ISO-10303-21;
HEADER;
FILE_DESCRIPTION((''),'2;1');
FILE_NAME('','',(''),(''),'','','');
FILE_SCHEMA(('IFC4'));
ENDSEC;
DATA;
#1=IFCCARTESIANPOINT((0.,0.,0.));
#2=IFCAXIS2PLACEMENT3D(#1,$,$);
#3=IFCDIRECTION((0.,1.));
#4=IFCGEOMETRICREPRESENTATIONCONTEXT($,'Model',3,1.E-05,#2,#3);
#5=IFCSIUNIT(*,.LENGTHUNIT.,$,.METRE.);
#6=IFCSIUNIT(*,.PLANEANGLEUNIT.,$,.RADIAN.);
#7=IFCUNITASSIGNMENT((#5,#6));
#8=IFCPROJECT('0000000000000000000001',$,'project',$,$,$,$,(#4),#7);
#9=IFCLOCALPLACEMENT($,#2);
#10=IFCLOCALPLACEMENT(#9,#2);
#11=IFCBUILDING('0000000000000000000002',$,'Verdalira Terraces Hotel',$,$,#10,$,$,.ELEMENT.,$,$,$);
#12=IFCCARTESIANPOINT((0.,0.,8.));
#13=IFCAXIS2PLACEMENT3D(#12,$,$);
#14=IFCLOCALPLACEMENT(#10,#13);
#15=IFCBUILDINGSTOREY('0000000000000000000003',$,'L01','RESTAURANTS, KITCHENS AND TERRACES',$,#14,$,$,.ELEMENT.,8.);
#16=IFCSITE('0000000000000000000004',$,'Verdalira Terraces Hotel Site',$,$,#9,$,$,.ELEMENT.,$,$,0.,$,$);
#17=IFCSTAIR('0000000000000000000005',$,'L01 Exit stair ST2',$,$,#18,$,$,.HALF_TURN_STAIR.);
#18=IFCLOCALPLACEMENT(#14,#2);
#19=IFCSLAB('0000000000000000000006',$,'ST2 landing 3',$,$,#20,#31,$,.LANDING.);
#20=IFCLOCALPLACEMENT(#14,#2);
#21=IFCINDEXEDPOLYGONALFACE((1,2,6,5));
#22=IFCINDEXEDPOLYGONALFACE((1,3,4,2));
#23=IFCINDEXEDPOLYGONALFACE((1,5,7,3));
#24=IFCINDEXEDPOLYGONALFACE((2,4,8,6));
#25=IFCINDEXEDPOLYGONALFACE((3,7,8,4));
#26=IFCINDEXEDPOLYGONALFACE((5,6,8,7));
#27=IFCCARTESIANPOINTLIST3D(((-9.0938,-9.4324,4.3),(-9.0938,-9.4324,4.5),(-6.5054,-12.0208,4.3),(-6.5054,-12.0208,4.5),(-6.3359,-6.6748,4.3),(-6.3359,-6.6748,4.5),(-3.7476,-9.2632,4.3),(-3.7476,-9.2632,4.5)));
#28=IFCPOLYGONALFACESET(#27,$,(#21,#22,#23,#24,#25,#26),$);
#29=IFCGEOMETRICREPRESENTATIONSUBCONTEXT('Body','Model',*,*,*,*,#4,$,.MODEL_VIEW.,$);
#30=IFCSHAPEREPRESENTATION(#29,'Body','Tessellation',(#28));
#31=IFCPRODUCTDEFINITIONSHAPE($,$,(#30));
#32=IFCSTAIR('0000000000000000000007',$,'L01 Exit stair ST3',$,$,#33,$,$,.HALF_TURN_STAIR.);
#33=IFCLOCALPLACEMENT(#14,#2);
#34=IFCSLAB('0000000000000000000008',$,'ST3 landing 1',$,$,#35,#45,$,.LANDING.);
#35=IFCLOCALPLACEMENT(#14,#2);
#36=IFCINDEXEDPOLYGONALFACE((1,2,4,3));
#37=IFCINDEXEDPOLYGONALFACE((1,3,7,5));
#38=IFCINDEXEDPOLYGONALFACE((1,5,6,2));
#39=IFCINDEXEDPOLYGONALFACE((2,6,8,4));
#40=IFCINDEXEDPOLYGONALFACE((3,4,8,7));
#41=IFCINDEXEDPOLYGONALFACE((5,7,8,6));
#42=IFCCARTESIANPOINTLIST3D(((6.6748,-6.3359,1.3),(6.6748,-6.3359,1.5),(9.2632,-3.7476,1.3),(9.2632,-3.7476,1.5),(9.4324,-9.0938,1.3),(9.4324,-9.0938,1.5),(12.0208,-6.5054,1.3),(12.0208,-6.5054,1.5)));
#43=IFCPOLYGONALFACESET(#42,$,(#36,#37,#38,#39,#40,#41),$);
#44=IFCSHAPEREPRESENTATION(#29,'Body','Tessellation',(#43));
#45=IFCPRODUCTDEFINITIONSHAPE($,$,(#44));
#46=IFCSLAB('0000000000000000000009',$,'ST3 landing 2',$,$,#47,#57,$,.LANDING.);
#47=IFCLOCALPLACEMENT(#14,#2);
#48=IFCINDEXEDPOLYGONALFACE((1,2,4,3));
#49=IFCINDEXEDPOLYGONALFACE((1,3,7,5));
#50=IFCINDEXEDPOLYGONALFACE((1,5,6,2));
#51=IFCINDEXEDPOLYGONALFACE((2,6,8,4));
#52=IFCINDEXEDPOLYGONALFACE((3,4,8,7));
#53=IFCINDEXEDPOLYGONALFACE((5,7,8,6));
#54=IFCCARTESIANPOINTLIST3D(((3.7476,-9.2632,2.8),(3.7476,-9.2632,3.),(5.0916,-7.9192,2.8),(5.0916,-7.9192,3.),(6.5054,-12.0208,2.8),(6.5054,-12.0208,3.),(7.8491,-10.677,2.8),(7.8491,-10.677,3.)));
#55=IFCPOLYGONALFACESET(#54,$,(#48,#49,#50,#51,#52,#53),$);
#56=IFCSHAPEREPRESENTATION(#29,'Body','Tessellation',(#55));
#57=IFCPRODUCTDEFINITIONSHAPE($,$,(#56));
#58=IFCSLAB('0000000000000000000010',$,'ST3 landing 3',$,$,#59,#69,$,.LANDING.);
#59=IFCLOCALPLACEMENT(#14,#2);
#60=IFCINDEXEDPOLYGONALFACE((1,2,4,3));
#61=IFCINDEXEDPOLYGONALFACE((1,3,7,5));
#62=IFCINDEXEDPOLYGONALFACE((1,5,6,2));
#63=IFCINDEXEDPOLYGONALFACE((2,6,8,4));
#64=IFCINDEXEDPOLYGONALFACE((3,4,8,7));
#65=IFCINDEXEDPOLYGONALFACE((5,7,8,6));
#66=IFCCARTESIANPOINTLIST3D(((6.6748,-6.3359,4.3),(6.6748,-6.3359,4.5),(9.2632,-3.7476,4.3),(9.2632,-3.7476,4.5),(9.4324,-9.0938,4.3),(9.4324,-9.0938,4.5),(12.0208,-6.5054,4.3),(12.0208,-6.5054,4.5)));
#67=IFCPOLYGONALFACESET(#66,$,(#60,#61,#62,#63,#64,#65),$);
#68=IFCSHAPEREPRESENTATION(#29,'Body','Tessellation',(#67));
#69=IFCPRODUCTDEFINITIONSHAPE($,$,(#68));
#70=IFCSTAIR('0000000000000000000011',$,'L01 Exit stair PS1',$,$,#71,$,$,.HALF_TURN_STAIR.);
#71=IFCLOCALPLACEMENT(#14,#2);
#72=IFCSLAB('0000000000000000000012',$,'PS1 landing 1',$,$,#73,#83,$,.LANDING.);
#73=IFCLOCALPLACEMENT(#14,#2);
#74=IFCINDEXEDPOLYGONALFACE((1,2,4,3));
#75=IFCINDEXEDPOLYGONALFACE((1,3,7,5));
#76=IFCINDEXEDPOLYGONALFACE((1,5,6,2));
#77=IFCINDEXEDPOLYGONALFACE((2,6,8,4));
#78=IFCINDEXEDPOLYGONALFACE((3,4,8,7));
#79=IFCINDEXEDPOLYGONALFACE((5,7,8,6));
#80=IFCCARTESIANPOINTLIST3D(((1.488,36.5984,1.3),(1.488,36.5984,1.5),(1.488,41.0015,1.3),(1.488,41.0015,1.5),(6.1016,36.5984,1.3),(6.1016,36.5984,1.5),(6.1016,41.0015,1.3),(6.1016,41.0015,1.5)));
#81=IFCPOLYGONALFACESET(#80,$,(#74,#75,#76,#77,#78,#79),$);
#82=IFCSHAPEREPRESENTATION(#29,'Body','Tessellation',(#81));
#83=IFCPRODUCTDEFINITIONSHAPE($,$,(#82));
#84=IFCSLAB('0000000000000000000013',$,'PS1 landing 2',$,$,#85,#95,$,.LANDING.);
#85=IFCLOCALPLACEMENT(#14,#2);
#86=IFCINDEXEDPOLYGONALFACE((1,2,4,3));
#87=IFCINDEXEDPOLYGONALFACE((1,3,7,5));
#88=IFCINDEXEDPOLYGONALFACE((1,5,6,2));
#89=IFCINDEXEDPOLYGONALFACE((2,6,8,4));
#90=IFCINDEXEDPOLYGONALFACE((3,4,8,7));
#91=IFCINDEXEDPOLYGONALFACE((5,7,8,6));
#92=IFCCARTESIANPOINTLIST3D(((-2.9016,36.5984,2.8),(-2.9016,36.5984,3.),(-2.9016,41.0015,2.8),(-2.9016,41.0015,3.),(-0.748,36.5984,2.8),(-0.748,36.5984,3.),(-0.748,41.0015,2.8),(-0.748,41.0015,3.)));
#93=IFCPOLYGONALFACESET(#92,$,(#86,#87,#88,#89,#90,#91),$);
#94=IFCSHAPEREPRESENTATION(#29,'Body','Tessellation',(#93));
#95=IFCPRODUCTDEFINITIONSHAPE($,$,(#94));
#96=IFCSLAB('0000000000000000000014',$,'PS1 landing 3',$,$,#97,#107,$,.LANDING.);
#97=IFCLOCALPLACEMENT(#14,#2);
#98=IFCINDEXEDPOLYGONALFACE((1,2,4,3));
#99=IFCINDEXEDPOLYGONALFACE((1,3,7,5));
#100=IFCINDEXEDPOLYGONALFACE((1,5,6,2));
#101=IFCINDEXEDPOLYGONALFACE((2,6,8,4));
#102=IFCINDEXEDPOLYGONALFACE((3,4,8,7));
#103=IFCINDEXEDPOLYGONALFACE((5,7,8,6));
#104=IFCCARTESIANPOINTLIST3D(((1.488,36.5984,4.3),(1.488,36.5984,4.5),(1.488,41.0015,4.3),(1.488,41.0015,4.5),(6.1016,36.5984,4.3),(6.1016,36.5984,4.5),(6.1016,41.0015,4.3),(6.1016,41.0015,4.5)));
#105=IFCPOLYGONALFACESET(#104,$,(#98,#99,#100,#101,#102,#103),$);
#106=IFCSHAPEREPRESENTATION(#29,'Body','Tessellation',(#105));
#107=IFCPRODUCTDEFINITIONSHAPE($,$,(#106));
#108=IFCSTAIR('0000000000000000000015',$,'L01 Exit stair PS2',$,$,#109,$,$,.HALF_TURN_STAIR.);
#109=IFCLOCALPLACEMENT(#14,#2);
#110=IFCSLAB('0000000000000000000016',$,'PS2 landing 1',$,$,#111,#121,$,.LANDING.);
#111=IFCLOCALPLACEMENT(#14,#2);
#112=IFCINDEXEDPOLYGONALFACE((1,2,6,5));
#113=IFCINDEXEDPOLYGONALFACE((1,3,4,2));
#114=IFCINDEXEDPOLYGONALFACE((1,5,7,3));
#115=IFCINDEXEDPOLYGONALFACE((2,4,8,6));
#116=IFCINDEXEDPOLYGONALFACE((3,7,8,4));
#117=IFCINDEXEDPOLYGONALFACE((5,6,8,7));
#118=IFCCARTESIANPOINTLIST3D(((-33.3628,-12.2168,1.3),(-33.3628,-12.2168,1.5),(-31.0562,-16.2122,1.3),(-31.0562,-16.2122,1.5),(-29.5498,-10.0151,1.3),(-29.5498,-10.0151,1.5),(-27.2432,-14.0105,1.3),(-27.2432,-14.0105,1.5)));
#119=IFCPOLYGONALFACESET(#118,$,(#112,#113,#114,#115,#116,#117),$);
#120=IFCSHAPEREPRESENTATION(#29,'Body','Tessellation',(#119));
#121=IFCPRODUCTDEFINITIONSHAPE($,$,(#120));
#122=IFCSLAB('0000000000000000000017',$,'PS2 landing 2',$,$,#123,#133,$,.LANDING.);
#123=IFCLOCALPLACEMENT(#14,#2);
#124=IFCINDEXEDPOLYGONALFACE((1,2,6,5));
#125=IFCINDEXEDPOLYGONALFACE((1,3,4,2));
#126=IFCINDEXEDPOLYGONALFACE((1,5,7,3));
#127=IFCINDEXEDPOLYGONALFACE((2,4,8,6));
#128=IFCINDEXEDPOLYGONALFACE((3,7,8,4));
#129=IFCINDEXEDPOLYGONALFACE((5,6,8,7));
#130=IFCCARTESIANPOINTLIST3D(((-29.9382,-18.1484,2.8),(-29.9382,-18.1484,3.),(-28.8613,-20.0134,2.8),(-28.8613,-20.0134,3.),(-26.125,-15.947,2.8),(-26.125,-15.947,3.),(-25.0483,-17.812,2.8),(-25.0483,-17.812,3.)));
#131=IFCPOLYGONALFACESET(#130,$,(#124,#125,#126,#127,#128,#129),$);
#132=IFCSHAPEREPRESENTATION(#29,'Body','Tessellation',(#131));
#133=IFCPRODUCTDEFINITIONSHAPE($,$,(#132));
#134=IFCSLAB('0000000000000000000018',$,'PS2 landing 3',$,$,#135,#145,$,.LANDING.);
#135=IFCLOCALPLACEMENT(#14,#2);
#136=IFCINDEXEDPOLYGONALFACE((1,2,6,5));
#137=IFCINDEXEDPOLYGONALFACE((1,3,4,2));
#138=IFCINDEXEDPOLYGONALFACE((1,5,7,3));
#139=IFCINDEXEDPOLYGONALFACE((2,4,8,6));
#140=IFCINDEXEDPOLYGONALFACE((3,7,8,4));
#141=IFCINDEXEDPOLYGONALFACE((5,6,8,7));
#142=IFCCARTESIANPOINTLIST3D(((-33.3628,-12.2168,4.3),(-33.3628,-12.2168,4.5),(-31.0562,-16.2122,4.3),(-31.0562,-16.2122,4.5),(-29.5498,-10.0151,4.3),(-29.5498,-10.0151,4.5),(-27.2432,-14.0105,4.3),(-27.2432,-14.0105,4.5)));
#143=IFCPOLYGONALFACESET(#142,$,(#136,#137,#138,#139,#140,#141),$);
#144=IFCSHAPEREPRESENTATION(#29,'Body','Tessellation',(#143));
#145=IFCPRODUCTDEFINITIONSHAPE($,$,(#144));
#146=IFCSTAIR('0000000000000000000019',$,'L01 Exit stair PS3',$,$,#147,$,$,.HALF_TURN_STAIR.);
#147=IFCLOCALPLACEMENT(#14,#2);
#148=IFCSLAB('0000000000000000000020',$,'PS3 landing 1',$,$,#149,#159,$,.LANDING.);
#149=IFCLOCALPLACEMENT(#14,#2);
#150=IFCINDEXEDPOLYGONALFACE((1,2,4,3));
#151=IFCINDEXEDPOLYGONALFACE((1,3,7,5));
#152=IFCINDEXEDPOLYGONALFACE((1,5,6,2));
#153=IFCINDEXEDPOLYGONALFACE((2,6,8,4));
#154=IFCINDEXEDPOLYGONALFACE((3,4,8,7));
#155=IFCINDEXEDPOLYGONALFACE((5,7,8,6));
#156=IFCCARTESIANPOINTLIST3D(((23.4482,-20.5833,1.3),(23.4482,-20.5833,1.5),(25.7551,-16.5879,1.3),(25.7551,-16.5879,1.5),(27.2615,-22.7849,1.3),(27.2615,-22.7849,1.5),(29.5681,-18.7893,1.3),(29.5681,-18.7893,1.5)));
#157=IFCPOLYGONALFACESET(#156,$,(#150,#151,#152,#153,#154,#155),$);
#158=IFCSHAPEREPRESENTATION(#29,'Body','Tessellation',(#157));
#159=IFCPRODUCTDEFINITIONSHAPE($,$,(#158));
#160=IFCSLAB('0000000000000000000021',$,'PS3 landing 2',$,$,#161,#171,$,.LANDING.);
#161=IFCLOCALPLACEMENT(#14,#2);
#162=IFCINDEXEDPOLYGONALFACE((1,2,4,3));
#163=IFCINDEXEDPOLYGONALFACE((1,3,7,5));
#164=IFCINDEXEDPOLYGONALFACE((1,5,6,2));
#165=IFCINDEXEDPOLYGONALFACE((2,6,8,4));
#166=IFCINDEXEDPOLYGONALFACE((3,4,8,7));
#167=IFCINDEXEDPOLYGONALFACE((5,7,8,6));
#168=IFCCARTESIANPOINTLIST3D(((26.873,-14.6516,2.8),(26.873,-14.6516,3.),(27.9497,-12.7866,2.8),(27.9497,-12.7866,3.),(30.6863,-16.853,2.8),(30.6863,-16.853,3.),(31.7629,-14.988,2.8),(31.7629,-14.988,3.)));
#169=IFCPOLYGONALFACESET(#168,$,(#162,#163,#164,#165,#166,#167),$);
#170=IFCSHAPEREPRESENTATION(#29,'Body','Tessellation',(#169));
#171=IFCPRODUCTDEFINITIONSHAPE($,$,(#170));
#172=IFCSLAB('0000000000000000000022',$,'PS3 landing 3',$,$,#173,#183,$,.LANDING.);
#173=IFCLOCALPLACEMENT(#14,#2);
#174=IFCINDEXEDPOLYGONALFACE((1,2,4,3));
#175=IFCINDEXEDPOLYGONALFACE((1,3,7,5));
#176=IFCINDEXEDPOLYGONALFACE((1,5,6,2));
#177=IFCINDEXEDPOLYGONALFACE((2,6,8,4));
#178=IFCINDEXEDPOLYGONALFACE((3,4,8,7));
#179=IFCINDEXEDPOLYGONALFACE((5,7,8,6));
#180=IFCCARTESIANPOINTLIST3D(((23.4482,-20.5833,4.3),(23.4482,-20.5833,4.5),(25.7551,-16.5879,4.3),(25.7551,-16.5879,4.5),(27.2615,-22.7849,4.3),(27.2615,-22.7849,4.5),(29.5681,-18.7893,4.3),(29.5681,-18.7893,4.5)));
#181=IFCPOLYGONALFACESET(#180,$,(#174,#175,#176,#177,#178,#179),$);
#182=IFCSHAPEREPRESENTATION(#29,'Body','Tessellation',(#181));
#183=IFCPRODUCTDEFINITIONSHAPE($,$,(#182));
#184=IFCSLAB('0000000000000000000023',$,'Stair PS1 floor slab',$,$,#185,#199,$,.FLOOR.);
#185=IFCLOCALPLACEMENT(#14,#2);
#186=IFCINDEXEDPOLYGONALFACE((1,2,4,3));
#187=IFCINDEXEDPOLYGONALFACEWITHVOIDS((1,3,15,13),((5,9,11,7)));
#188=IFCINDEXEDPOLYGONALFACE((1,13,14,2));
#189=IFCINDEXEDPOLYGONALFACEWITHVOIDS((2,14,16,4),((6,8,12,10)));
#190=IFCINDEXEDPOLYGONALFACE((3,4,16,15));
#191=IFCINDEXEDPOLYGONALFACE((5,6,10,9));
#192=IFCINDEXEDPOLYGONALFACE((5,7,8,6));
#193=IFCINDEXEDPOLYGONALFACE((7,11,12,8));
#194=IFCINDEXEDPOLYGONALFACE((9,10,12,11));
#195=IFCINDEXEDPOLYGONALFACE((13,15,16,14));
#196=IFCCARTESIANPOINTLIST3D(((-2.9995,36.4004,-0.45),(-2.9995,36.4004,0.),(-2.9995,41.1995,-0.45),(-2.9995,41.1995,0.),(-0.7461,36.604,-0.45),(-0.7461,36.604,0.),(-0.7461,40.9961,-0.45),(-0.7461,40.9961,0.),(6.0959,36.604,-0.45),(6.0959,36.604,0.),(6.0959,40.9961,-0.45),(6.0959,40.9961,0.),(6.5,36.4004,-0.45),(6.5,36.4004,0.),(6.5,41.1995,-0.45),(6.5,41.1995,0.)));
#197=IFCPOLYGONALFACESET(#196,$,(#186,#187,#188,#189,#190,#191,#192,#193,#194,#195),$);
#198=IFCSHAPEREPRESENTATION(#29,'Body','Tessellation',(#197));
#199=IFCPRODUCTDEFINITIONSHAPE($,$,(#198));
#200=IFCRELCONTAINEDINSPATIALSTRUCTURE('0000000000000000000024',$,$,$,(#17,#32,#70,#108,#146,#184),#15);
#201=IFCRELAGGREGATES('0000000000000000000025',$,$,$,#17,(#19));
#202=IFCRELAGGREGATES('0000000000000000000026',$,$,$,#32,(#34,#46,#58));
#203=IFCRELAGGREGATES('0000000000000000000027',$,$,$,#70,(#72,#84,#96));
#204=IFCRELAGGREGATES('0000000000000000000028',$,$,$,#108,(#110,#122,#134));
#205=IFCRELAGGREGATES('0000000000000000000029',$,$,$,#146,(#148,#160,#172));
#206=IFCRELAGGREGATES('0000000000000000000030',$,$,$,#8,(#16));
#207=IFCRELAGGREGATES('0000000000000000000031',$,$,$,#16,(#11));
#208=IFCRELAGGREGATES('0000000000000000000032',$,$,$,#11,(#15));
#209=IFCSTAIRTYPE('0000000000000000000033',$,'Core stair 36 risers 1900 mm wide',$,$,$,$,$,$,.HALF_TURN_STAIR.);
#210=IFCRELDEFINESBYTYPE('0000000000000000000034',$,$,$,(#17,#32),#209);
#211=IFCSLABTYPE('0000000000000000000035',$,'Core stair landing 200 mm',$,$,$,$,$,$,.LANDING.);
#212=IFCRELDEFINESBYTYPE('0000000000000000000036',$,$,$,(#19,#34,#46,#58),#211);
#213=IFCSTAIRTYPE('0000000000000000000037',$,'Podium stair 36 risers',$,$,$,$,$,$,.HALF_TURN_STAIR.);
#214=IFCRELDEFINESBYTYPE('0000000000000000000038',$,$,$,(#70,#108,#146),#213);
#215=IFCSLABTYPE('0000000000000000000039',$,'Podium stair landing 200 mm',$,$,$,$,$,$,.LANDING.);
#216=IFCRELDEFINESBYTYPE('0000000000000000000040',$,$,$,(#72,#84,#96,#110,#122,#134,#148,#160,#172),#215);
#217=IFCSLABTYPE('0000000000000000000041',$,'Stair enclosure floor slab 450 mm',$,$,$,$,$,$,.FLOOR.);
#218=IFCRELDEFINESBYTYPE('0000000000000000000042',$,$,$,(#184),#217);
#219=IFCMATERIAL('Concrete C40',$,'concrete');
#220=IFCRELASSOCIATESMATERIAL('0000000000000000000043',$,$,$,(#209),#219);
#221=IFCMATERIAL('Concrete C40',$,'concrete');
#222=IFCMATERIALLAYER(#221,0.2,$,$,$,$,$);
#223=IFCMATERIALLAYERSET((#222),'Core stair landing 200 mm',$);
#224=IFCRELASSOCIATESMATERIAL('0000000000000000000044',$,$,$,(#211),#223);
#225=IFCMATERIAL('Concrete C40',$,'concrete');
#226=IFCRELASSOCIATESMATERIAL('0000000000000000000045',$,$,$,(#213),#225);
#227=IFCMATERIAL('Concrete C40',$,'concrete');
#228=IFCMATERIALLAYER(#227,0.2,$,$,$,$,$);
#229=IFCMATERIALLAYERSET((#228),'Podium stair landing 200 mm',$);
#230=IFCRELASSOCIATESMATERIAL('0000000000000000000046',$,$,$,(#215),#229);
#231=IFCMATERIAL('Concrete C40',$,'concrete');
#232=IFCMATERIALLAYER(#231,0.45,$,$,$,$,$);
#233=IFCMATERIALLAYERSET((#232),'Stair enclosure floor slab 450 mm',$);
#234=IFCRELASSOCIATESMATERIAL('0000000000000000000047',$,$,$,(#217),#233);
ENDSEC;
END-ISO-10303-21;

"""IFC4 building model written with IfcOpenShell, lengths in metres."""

from ifc_helpers import new_model, si_unit, direction, frame, origin, place, context, subcontext, project, spatial, polyline, outline, extrude, material, layer, layer_set, type_object, element, aggregate, save


model = new_model("IFC4")

# Units and contexts
model_context = context("Model", 3, precision=1e-05, world=origin(), true_north=direction((0.0, 1.0)))
body_context = subcontext(model_context, "Body", "Model", "MODEL_VIEW")
ifc_project = project(units=[si_unit("LENGTHUNIT", "METRE"), si_unit("PLANEANGLEUNIT", "RADIAN")], contexts=[model_context])

# Site, building, storey
site_placement = place(None, origin())
site = spatial("IfcSite", under=ifc_project, at=site_placement, Name="Verdalira Terraces Hotel Site", CompositionType="ELEMENT", RefElevation=0.0)
building_placement = place(site_placement, origin())
building = spatial("IfcBuilding", under=site, at=building_placement, Name="Verdalira Terraces Hotel", CompositionType="ELEMENT")
storey_placement = place(building_placement, frame((0.0, 0.0, 8.0)))
storey = spatial("IfcBuildingStorey", under=building, at=storey_placement, Name="L01", Description="RESTAURANTS, KITCHENS AND TERRACES", CompositionType="ELEMENT", Elevation=8.0)

# Stairs, slabs
ifc_material_1 = material(Name="Concrete C40", Category="concrete")
stair_type_1 = type_object("IfcStairType", Name="Core stair 36 risers 1900 mm wide", PredefinedType="HALF_TURN_STAIR", material=ifc_material_1)
ifc_material_2 = material(Name="Concrete C40", Category="concrete")
ifc_layer_1 = layer(ifc_material_2, 0.2)
ifc_layer_set_1 = layer_set([ifc_layer_1], Name="Core stair landing 200 mm")
slab_type_1 = type_object("IfcSlabType", Name="Core stair landing 200 mm", PredefinedType="LANDING", material=ifc_layer_set_1)
stair_1_placement = place(storey_placement, origin())
stair_1 = element("IfcStair", 1, at=stair_1_placement, inside=storey, type_object=stair_type_1, Name="L01 Exit stair ST2", PredefinedType="HALF_TURN_STAIR")
slab_1_placement = place(storey_placement, frame((0.0, 0.0, 4.3)))
slab_1 = element("IfcSlab", 2, at=slab_1_placement, type_object=slab_type_1, Name="ST2 landing 3", PredefinedType="LANDING", context=body_context, shape_type="SweptSolid", body=[
    extrude(outline(polyline([(-9.0938, -9.4324), (-6.5054, -12.0208), (-3.7476, -9.2632), (-6.3359, -6.6748), (-9.0938, -9.4324)])), origin(), (0.0, 0.0, 1.0), 0.2),
])
aggregate(stair_1, [slab_1])
stair_2_placement = place(storey_placement, origin())
stair_2 = element("IfcStair", 3, at=stair_2_placement, inside=storey, type_object=stair_type_1, Name="L01 Exit stair ST3", PredefinedType="HALF_TURN_STAIR")
slab_2_placement = place(storey_placement, frame((0.0, 0.0, 1.3)))
slab_2 = element("IfcSlab", 4, at=slab_2_placement, type_object=slab_type_1, Name="ST3 landing 1", PredefinedType="LANDING", context=body_context, shape_type="SweptSolid", body=[
    extrude(outline(polyline([(9.4324, -9.0938), (12.0208, -6.5054), (9.2632, -3.7476), (6.6748, -6.3359), (9.4324, -9.0938)])), origin(), (0.0, 0.0, 1.0), 0.2),
])
slab_3_placement = place(storey_placement, frame((0.0, 0.0, 2.8)))
slab_3 = element("IfcSlab", 5, at=slab_3_placement, type_object=slab_type_1, Name="ST3 landing 2", PredefinedType="LANDING", context=body_context, shape_type="SweptSolid", body=[
    extrude(outline(polyline([(6.5054, -12.0208), (7.8491, -10.677), (5.0916, -7.9192), (3.7476, -9.2632), (6.5054, -12.0208)])), origin(), (0.0, 0.0, 1.0), 0.2),
])
slab_4_placement = place(storey_placement, frame((0.0, 0.0, 4.3)))
slab_4 = element("IfcSlab", 6, at=slab_4_placement, type_object=slab_type_1, Name="ST3 landing 3", PredefinedType="LANDING", context=body_context, shape_type="SweptSolid", body=[
    extrude(outline(polyline([(9.4324, -9.0938), (12.0208, -6.5054), (9.2632, -3.7476), (6.6748, -6.3359), (9.4324, -9.0938)])), origin(), (0.0, 0.0, 1.0), 0.2),
])
aggregate(stair_2, [slab_2, slab_3, slab_4])
ifc_material_3 = material(Name="Concrete C40", Category="concrete")
stair_type_2 = type_object("IfcStairType", Name="Podium stair 36 risers", PredefinedType="HALF_TURN_STAIR", material=ifc_material_3)
stair_3_placement = place(storey_placement, origin())
stair_3 = element("IfcStair", 7, at=stair_3_placement, inside=storey, type_object=stair_type_2, Name="L01 Exit stair PS1", PredefinedType="HALF_TURN_STAIR")
ifc_material_4 = material(Name="Concrete C40", Category="concrete")
ifc_layer_2 = layer(ifc_material_4, 0.2)
ifc_layer_set_2 = layer_set([ifc_layer_2], Name="Podium stair landing 200 mm")
slab_type_2 = type_object("IfcSlabType", Name="Podium stair landing 200 mm", PredefinedType="LANDING", material=ifc_layer_set_2)
slab_5_placement = place(storey_placement, frame((0.0, 0.0, 1.3)))
slab_5 = element("IfcSlab", 8, at=slab_5_placement, type_object=slab_type_2, Name="PS1 landing 1", PredefinedType="LANDING", context=body_context, shape_type="SweptSolid", body=[
    extrude(outline(polyline([(6.1016, 41.0015), (1.488, 41.0015), (1.488, 36.5984), (6.1016, 36.5984), (6.1016, 41.0015)])), origin(), (0.0, 0.0, 1.0), 0.2),
])
slab_6_placement = place(storey_placement, frame((0.0, 0.0, 2.8)))
slab_6 = element("IfcSlab", 9, at=slab_6_placement, type_object=slab_type_2, Name="PS1 landing 2", PredefinedType="LANDING", context=body_context, shape_type="SweptSolid", body=[
    extrude(outline(polyline([(-2.9016, 41.0015), (-2.9016, 36.5984), (-0.748, 36.5984), (-0.748, 41.0015), (-2.9016, 41.0015)])), origin(), (0.0, 0.0, 1.0), 0.2),
])
slab_7_placement = place(storey_placement, frame((0.0, 0.0, 4.3)))
slab_7 = element("IfcSlab", 10, at=slab_7_placement, type_object=slab_type_2, Name="PS1 landing 3", PredefinedType="LANDING", context=body_context, shape_type="SweptSolid", body=[
    extrude(outline(polyline([(6.1016, 41.0015), (1.488, 41.0015), (1.488, 36.5984), (6.1016, 36.5984), (6.1016, 41.0015)])), origin(), (0.0, 0.0, 1.0), 0.2),
])
aggregate(stair_3, [slab_5, slab_6, slab_7])
stair_4_placement = place(storey_placement, origin())
stair_4 = element("IfcStair", 11, at=stair_4_placement, inside=storey, type_object=stair_type_2, Name="L01 Exit stair PS2", PredefinedType="HALF_TURN_STAIR")
slab_8_placement = place(storey_placement, frame((0.0, 0.0, 1.3)))
slab_8 = element("IfcSlab", 12, at=slab_8_placement, type_object=slab_type_2, Name="PS2 landing 1", PredefinedType="LANDING", context=body_context, shape_type="SweptSolid", body=[
    extrude(outline(polyline([(-33.3628, -12.2168), (-31.0562, -16.2122), (-27.2432, -14.0105), (-29.5498, -10.0151), (-33.3628, -12.2168)])), origin(), (0.0, 0.0, 1.0), 0.2),
])
slab_9_placement = place(storey_placement, frame((0.0, 0.0, 2.8)))
slab_9 = element("IfcSlab", 13, at=slab_9_placement, type_object=slab_type_2, Name="PS2 landing 2", PredefinedType="LANDING", context=body_context, shape_type="SweptSolid", body=[
    extrude(outline(polyline([(-28.8613, -20.0134), (-25.0483, -17.812), (-26.125, -15.947), (-29.9382, -18.1484), (-28.8613, -20.0134)])), origin(), (0.0, 0.0, 1.0), 0.2),
])
slab_10_placement = place(storey_placement, frame((0.0, 0.0, 4.3)))
slab_10 = element("IfcSlab", 14, at=slab_10_placement, type_object=slab_type_2, Name="PS2 landing 3", PredefinedType="LANDING", context=body_context, shape_type="SweptSolid", body=[
    extrude(outline(polyline([(-33.3628, -12.2168), (-31.0562, -16.2122), (-27.2432, -14.0105), (-29.5498, -10.0151), (-33.3628, -12.2168)])), origin(), (0.0, 0.0, 1.0), 0.2),
])
aggregate(stair_4, [slab_8, slab_9, slab_10])
stair_5_placement = place(storey_placement, origin())
stair_5 = element("IfcStair", 15, at=stair_5_placement, inside=storey, type_object=stair_type_2, Name="L01 Exit stair PS3", PredefinedType="HALF_TURN_STAIR")
slab_11_placement = place(storey_placement, frame((0.0, 0.0, 1.3)))
slab_11 = element("IfcSlab", 16, at=slab_11_placement, type_object=slab_type_2, Name="PS3 landing 1", PredefinedType="LANDING", context=body_context, shape_type="SweptSolid", body=[
    extrude(outline(polyline([(27.2615, -22.7849), (29.5681, -18.7893), (25.7551, -16.5879), (23.4482, -20.5833), (27.2615, -22.7849)])), origin(), (0.0, 0.0, 1.0), 0.2),
])
slab_12_placement = place(storey_placement, frame((0.0, 0.0, 2.8)))
slab_12 = element("IfcSlab", 17, at=slab_12_placement, type_object=slab_type_2, Name="PS3 landing 2", PredefinedType="LANDING", context=body_context, shape_type="SweptSolid", body=[
    extrude(outline(polyline([(31.7629, -14.988), (27.9497, -12.7866), (26.873, -14.6516), (30.6863, -16.853), (31.7629, -14.988)])), origin(), (0.0, 0.0, 1.0), 0.2),
])
slab_13_placement = place(storey_placement, frame((0.0, 0.0, 4.3)))
slab_13 = element("IfcSlab", 18, at=slab_13_placement, type_object=slab_type_2, Name="PS3 landing 3", PredefinedType="LANDING", context=body_context, shape_type="SweptSolid", body=[
    extrude(outline(polyline([(27.2615, -22.7849), (29.5681, -18.7893), (25.7551, -16.5879), (23.4482, -20.5833), (27.2615, -22.7849)])), origin(), (0.0, 0.0, 1.0), 0.2),
])
aggregate(stair_5, [slab_11, slab_12, slab_13])

# Slab
ifc_material_5 = material(Name="Concrete C40", Category="concrete")
ifc_layer_3 = layer(ifc_material_5, 0.45)
ifc_layer_set_3 = layer_set([ifc_layer_3], Name="Stair enclosure floor slab 450 mm")
slab_type_3 = type_object("IfcSlabType", Name="Stair enclosure floor slab 450 mm", PredefinedType="FLOOR", material=ifc_layer_set_3)
slab_14_placement = place(storey_placement, frame((0.0, 0.0, -0.45)))
element("IfcSlab", 19, at=slab_14_placement, inside=storey, type_object=slab_type_3, Name="Stair PS1 floor slab", PredefinedType="FLOOR", context=body_context, shape_type="SweptSolid", body=[
    extrude(outline(polyline([(-2.9995, 36.4004), (-2.9995, 41.1995), (6.5, 41.1995), (6.5, 36.4004), (-2.9995, 36.4004)]), holes=[polyline([(-0.7461, 40.9961), (-0.7461, 36.604), (6.0959, 36.604), (6.0959, 40.9961), (-0.7461, 40.9961)])]), origin(), (0.0, 0.0, 1.0), 0.45),
])

save(model, "model.ifc")
